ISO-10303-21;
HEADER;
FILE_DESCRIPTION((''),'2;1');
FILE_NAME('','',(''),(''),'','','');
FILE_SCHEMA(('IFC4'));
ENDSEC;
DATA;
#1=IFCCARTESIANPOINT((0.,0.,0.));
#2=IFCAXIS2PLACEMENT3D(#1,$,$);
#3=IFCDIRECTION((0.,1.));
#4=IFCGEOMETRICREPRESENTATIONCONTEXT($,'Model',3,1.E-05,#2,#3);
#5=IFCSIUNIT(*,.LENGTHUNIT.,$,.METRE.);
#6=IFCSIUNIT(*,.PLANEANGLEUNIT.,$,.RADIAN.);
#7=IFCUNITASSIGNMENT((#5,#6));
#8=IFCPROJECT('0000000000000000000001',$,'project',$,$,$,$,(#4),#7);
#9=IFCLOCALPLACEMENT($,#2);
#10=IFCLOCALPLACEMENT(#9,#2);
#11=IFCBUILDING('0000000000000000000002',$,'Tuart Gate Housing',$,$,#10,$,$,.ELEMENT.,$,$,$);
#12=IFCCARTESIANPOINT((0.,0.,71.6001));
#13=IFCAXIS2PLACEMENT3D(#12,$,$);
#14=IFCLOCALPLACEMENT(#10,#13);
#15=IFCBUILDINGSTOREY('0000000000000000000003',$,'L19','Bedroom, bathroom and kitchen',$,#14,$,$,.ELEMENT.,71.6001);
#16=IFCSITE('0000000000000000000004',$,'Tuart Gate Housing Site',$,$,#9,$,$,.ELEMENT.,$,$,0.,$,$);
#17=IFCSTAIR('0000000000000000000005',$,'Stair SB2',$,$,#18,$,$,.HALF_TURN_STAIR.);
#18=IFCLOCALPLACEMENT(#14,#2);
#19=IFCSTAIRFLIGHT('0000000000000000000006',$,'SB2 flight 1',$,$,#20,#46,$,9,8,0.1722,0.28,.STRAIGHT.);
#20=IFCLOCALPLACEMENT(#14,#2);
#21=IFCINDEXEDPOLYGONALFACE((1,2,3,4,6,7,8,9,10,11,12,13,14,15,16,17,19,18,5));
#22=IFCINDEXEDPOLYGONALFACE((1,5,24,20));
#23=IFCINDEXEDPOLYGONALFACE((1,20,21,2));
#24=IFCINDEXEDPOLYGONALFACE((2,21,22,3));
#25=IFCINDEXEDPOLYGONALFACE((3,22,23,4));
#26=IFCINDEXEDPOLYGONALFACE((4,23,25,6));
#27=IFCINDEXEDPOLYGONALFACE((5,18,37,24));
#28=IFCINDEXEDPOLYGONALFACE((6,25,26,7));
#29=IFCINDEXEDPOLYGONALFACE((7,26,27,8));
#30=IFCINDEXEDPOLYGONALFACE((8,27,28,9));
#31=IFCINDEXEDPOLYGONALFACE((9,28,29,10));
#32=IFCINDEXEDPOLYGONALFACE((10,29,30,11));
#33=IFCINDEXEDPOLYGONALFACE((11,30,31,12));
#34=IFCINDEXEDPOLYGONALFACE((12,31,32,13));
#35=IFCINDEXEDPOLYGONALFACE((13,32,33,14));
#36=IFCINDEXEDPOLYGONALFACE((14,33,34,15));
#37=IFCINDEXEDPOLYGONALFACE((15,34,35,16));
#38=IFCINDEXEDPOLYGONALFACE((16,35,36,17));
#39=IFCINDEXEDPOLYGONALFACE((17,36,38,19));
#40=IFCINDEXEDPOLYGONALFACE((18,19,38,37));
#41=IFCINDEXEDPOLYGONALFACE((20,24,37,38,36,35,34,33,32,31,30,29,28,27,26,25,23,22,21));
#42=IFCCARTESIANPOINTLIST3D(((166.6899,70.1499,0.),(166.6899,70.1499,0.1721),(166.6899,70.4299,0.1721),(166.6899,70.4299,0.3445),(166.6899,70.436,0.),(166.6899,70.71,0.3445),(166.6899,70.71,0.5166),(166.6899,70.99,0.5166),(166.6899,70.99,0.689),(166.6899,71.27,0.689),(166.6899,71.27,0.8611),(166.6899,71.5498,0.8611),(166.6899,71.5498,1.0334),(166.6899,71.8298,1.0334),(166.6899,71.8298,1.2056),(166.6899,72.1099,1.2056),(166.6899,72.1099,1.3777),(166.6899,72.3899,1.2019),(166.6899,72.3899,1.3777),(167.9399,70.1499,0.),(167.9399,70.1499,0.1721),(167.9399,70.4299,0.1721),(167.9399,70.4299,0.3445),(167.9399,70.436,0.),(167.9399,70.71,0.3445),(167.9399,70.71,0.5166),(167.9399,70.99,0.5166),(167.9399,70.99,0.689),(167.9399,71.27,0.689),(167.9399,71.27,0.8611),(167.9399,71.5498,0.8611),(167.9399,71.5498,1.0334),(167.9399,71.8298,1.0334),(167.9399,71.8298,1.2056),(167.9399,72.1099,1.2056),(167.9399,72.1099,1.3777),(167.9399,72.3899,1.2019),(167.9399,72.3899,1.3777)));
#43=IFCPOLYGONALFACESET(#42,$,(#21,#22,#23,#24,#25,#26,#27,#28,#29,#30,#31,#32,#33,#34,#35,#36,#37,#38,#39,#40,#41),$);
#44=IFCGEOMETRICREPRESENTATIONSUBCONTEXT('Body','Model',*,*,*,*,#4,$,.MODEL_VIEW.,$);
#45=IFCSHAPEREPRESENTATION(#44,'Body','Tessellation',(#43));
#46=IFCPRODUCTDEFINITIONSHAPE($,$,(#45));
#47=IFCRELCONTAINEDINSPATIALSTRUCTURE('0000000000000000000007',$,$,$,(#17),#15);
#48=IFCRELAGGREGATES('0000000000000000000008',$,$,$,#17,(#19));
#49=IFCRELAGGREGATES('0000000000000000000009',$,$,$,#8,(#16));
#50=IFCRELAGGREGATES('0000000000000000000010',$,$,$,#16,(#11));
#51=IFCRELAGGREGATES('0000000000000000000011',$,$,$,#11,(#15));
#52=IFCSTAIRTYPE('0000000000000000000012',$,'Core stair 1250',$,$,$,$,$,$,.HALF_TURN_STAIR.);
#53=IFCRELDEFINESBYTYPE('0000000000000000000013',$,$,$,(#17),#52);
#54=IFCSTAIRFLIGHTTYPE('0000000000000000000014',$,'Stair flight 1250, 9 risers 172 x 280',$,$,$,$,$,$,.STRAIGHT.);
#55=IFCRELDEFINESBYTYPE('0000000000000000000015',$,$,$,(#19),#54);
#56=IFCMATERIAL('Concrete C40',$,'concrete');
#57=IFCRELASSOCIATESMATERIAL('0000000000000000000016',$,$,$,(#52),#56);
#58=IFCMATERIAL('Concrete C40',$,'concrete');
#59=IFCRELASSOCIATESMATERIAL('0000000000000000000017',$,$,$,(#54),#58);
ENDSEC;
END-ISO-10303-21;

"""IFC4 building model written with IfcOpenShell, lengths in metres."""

from ifc_helpers import new_model, si_unit, direction, frame, origin, place, context, subcontext, project, spatial, polyline, outline, extrude, material, type_object, element, aggregate, save


model = new_model("IFC4")

# Units and contexts
model_context = context("Model", 3, precision=1e-05, world=origin(), true_north=direction((0.0, 1.0)))
body_context = subcontext(model_context, "Body", "Model", "MODEL_VIEW")
ifc_project = project(units=[si_unit("LENGTHUNIT", "METRE"), si_unit("PLANEANGLEUNIT", "RADIAN")], contexts=[model_context])

# Site, building, storey
site_placement = place(None, origin())
site = spatial("IfcSite", under=ifc_project, at=site_placement, Name="Tuart Gate Housing Site", CompositionType="ELEMENT", RefElevation=0.0)
building_placement = place(site_placement, origin())
building = spatial("IfcBuilding", under=site, at=building_placement, Name="Tuart Gate Housing", CompositionType="ELEMENT")
storey_placement = place(building_placement, frame((0.0, 0.0, 71.6001)))
storey = spatial("IfcBuildingStorey", under=building, at=storey_placement, Name="L19", Description="Bedroom, bathroom and kitchen", CompositionType="ELEMENT", Elevation=71.6001)

# Stair, stair flight
ifc_material_1 = material(Name="Concrete C40", Category="concrete")
stair_type = type_object("IfcStairType", Name="Core stair 1250", PredefinedType="HALF_TURN_STAIR", material=ifc_material_1)
stair_placement = place(storey_placement, origin())
stair = element("IfcStair", 1, at=stair_placement, inside=storey, type_object=stair_type, Name="Stair SB2", PredefinedType="HALF_TURN_STAIR")
ifc_material_2 = material(Name="Concrete C40", Category="concrete")
stair_flight_type = type_object("IfcStairFlightType", Name="Stair flight 1250, 9 risers 172 x 280", PredefinedType="STRAIGHT", material=ifc_material_2)
stair_flight_placement = place(storey_placement, frame((167.3149, 70.1499, 0.0), z_axis=(0.0, 0.0, 1.0), x_axis=(0.0, 1.0, 0.0)))
stair_flight = element("IfcStairFlight", 2, at=stair_flight_placement, type_object=stair_flight_type, Name="SB2 flight 1", NumberOfRisers=9, NumberOfTreads=8, PredefinedType="STRAIGHT", RiserHeight=0.1722, TreadLength=0.28, context=body_context, shape_type="SweptSolid", body=[
    extrude(outline(polyline([(0.0, 0.0), (0.0, 0.1721), (0.28, 0.1721), (0.28, 0.3445), (0.5601, 0.3445), (0.5601, 0.5166), (0.8401, 0.5166), (0.8401, 0.689), (1.1201, 0.689), (1.1201, 0.8611), (1.3999, 0.8611), (1.3999, 1.0334), (1.6799, 1.0334), (1.6799, 1.2056), (1.96, 1.2056), (1.96, 1.3777), (2.24, 1.3777), (2.24, 1.55), (2.24, 1.2019), (0.2861, 0.0), (0.0, 0.0)])), frame((0.0, 0.625, 0.0), z_axis=(0.0, -1.0, 0.0), x_axis=(1.0, 0.0, 0.0)), (0.0, 0.0, 1.0), 1.25),
])
aggregate(stair, [stair_flight])

save(model, "model.ifc")
